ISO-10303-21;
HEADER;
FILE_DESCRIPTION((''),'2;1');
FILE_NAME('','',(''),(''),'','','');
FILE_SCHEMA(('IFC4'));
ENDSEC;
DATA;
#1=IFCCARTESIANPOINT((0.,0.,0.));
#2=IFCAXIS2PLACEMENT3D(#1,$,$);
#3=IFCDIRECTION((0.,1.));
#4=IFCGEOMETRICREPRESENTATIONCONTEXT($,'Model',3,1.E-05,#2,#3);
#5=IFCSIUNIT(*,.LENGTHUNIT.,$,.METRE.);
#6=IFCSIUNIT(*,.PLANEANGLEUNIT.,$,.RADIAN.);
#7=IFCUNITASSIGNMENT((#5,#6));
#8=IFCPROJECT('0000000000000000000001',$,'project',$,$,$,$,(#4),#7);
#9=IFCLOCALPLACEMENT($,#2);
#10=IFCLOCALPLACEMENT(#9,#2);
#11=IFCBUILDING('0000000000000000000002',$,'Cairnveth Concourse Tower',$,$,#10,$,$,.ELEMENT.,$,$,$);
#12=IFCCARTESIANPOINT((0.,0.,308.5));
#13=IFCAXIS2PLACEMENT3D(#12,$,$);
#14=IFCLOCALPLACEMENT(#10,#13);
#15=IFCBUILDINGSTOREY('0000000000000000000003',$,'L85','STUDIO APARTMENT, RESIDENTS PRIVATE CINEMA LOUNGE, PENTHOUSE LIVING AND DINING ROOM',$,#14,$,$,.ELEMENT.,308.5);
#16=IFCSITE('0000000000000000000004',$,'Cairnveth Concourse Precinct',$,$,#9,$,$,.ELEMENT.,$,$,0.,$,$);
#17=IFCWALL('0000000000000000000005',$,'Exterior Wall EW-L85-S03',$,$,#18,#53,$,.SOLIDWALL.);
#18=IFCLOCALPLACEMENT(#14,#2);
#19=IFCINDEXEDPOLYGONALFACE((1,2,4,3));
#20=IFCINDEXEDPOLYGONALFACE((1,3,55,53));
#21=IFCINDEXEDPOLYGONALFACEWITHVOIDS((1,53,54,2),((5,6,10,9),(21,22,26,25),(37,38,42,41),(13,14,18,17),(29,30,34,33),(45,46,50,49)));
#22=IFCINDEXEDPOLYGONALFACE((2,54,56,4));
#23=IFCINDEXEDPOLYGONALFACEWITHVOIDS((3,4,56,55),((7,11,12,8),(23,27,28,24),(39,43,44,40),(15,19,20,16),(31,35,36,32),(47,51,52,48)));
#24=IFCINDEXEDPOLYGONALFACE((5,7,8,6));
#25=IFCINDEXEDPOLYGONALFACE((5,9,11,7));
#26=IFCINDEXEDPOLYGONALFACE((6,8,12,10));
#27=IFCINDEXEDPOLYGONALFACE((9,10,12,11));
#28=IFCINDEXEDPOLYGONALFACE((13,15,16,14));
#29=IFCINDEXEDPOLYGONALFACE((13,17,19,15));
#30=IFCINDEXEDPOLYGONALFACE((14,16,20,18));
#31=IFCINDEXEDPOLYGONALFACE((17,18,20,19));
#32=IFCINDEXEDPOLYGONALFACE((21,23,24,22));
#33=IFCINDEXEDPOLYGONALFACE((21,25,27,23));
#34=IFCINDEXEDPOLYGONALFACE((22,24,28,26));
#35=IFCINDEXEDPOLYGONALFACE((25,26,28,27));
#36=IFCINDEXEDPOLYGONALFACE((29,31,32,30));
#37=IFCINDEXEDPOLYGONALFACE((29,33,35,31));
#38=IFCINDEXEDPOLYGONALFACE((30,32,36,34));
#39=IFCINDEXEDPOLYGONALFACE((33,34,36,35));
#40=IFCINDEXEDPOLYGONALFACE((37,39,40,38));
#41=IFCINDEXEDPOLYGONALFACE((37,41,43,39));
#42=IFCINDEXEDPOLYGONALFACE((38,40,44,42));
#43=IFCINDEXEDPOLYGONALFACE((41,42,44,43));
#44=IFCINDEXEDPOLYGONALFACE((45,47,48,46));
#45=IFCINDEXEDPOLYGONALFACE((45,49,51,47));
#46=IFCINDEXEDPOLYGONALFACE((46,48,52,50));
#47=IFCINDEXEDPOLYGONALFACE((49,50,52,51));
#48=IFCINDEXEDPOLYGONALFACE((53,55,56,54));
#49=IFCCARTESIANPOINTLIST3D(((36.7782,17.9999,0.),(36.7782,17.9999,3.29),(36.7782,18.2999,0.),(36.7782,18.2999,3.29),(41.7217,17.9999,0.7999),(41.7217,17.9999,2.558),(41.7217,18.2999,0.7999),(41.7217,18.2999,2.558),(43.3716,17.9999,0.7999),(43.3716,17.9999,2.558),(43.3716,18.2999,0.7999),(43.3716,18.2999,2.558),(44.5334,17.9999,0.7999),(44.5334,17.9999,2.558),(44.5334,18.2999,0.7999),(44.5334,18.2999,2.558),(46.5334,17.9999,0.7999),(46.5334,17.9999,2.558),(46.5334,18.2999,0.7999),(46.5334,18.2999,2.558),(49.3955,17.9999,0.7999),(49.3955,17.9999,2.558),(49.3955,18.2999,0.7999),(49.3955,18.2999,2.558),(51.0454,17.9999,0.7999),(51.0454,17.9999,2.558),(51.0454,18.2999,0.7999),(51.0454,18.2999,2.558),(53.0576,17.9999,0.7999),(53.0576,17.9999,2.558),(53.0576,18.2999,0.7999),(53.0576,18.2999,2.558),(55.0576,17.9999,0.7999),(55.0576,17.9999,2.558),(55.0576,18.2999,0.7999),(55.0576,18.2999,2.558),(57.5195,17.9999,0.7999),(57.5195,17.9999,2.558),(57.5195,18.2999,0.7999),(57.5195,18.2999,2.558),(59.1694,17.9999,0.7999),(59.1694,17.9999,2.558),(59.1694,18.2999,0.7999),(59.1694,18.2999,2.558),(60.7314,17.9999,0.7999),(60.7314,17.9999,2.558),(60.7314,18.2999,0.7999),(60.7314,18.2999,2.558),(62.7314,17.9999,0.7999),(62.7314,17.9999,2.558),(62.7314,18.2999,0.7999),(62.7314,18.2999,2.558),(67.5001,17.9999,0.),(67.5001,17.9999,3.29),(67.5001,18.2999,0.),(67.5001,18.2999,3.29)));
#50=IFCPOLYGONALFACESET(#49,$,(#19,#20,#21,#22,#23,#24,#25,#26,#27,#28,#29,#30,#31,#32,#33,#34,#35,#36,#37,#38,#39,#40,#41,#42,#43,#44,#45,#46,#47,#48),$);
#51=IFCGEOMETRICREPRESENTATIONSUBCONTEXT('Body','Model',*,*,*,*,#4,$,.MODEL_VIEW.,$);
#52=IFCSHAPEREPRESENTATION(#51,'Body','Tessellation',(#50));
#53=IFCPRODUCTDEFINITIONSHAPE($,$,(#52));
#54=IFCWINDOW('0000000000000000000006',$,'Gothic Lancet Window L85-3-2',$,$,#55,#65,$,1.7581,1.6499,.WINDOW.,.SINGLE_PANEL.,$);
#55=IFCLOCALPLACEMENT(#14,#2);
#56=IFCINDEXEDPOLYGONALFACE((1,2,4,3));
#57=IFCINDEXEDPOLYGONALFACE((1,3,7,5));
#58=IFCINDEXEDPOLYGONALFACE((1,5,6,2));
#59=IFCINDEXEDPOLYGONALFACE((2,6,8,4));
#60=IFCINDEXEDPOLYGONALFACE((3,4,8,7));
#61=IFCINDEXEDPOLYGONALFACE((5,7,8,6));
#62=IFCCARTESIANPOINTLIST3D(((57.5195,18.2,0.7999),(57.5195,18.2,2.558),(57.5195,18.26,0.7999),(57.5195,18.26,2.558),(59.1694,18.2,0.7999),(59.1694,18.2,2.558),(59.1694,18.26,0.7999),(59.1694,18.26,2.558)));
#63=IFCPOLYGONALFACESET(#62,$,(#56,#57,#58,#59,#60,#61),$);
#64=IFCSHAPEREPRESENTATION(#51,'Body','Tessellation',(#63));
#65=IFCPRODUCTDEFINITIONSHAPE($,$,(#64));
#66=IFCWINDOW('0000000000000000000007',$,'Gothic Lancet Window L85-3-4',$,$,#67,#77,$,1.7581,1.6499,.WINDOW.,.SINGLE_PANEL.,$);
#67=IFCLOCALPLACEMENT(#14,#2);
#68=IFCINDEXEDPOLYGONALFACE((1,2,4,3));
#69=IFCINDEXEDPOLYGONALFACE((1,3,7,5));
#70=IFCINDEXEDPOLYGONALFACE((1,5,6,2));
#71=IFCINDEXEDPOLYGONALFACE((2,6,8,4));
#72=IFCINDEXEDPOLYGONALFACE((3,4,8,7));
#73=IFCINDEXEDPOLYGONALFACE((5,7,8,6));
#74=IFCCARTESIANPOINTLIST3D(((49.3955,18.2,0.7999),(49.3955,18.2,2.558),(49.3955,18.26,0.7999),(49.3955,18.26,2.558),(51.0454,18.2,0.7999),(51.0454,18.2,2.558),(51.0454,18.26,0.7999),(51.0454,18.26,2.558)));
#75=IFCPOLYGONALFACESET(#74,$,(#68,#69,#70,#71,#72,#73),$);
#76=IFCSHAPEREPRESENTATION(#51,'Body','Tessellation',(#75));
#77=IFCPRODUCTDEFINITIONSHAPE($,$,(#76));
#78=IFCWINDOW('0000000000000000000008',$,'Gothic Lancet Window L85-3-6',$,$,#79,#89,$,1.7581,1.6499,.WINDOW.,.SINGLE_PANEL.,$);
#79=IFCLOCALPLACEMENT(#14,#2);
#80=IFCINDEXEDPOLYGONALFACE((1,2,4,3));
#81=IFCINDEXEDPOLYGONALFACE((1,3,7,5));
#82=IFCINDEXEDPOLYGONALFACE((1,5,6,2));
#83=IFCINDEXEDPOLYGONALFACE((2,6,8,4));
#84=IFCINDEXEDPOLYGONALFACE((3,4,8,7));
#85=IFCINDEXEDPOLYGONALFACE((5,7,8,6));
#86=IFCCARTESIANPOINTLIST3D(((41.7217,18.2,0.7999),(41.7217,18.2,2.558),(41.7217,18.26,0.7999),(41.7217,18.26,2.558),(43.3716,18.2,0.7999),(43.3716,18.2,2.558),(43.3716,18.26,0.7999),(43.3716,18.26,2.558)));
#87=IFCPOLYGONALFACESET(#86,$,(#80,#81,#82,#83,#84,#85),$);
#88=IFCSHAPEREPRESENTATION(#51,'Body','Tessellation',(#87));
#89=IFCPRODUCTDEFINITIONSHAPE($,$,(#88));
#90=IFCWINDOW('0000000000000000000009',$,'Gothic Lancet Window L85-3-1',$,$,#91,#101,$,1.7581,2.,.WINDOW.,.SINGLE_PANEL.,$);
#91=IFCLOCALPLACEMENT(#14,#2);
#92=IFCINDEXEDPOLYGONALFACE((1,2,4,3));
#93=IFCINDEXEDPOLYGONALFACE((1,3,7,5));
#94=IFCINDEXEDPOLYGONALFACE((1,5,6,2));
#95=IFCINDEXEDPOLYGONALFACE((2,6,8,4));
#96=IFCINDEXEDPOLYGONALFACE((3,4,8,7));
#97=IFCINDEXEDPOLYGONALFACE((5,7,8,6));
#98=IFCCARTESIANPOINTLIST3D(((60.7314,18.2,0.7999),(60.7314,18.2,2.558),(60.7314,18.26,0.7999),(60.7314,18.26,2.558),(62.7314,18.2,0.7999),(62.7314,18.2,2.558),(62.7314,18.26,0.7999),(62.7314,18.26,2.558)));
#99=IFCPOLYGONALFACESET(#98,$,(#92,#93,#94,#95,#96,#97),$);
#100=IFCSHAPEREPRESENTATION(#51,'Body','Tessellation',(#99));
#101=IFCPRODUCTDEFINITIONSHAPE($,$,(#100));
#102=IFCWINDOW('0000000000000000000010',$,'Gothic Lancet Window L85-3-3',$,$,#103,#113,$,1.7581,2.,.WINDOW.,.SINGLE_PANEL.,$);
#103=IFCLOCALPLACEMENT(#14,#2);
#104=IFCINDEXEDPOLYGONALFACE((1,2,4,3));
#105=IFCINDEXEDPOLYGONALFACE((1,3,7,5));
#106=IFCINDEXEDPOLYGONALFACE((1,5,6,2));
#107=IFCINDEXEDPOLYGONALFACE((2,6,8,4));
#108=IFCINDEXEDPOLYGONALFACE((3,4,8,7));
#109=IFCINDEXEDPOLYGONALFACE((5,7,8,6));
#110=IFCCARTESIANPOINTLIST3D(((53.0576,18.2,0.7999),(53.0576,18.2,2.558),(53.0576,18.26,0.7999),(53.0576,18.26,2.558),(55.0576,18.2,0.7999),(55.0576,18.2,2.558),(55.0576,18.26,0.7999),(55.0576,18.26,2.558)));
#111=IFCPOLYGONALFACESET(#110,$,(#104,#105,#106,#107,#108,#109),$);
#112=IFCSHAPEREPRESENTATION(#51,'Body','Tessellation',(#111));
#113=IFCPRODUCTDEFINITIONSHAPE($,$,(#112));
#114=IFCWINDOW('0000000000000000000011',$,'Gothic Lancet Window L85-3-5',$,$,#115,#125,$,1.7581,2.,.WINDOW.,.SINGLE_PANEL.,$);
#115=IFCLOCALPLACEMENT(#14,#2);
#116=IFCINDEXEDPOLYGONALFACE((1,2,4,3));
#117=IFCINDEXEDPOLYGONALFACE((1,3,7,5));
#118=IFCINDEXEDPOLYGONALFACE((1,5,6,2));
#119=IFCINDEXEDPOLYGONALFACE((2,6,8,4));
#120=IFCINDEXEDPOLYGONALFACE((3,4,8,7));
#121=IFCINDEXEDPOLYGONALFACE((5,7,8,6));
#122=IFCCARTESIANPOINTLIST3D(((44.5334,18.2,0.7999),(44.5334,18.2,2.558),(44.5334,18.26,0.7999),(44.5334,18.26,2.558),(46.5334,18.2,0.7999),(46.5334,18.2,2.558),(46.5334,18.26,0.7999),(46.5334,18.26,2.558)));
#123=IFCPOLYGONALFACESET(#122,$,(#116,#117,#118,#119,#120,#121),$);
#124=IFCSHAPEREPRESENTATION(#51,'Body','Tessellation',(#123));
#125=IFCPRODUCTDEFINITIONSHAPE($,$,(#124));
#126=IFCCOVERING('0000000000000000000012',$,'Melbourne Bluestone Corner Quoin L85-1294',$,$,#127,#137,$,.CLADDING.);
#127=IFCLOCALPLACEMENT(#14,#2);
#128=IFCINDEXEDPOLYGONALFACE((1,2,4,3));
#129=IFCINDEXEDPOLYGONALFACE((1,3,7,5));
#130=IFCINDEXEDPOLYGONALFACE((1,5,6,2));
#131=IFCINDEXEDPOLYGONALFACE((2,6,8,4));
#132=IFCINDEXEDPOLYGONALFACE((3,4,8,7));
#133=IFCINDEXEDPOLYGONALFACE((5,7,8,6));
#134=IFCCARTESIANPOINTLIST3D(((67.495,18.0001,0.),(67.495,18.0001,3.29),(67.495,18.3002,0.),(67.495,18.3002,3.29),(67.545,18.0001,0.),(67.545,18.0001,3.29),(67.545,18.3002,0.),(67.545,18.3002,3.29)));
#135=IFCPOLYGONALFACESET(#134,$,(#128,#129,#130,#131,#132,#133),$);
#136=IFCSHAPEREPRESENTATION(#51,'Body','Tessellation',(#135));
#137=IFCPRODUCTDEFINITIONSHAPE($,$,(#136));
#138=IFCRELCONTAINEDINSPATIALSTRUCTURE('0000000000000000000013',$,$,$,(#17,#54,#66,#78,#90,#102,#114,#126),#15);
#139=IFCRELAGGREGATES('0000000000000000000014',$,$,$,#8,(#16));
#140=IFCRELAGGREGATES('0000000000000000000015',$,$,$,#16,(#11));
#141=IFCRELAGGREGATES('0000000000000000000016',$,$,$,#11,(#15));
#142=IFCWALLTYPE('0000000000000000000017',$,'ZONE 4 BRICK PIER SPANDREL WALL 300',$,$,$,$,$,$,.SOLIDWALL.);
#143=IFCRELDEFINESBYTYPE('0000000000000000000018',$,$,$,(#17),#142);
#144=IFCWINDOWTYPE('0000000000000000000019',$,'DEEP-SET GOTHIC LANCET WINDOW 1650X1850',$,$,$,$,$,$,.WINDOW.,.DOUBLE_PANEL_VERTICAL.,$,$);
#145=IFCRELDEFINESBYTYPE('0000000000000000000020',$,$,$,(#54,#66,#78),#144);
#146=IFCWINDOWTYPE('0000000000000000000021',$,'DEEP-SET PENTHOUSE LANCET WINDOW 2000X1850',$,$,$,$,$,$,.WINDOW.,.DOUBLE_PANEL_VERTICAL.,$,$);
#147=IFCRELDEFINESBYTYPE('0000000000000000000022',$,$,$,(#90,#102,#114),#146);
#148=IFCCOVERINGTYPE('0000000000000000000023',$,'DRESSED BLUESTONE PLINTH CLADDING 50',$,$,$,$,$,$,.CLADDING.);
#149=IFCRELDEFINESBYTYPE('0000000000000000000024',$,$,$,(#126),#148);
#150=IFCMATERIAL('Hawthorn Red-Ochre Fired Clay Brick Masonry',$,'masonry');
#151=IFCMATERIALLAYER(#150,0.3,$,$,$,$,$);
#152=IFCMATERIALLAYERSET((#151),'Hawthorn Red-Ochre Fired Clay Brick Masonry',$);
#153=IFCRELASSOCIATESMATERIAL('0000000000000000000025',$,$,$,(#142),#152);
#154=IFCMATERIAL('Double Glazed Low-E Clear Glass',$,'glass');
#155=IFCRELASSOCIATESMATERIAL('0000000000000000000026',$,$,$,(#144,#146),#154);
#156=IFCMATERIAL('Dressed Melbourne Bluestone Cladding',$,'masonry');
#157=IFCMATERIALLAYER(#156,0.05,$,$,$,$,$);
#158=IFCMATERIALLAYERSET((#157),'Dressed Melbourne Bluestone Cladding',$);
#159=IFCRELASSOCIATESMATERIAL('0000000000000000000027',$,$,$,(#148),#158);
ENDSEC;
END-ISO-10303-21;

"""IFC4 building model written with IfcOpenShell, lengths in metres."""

from ifc_helpers import new_model, si_unit, direction, frame, frame_2d, origin, place, context, subcontext, project, spatial, rectangle, extrude, material, layer, layer_set, type_object, element, fill, save


model = new_model("IFC4")

# Units and contexts
model_context = context("Model", 3, precision=1e-05, world=origin(), true_north=direction((0.0, 1.0)))
body_context = subcontext(model_context, "Body", "Model", "MODEL_VIEW")
ifc_project = project(units=[si_unit("LENGTHUNIT", "METRE"), si_unit("PLANEANGLEUNIT", "RADIAN")], contexts=[model_context])

# Site, building, storey
site_placement = place(None, origin())
site = spatial("IfcSite", under=ifc_project, at=site_placement, Name="Cairnveth Concourse Precinct", CompositionType="ELEMENT", RefElevation=0.0)
building_placement = place(site_placement, origin())
building = spatial("IfcBuilding", under=site, at=building_placement, Name="Cairnveth Concourse Tower", CompositionType="ELEMENT")
storey_placement = place(building_placement, frame((0.0, 0.0, 308.5)))
storey = spatial("IfcBuildingStorey", under=building, at=storey_placement, Name="L85", Description="STUDIO APARTMENT, RESIDENTS PRIVATE CINEMA LOUNGE, PENTHOUSE LIVING AND DINING ROOM", CompositionType="ELEMENT", Elevation=308.5)

# Shared definitions
ifc_material_1 = material(Name="Hawthorn Red-Ochre Fired Clay Brick Masonry", Category="masonry")
ifc_layer_1 = layer(ifc_material_1, 0.3)
ifc_layer_set_1 = layer_set([ifc_layer_1], Name="Hawthorn Red-Ochre Fired Clay Brick Masonry")
wall_type_1 = type_object("IfcWallType", Name="ZONE 4 BRICK PIER SPANDREL WALL 300", PredefinedType="SOLIDWALL", material=ifc_layer_set_1)
ifc_material_2 = material(Name="Double Glazed Low-E Clear Glass", Category="glass")

# Wall, openings, windows
wall_1_placement = place(storey_placement, frame((67.5, 18.1499, 0.0), z_axis=(0.0, 0.0, 1.0), x_axis=(-1.0, 0.0, 0.0)))
wall_1 = element("IfcWall", 1, at=wall_1_placement, inside=storey, type_object=wall_type_1, Name="Exterior Wall EW-L85-S03", PredefinedType="SOLIDWALL", context=body_context, shape_type="SweptSolid", body=[
    extrude(rectangle(XDim=30.7219, YDim=0.3, at=frame_2d((15.3608, 0.0))), origin(), (0.0, 0.0, 1.0), 3.29),
])
opening_1_placement = place(wall_1_placement, frame((4.7686, 0.0, 0.8)))
opening_1 = element("IfcOpeningElement", 2, at=opening_1_placement, cuts=wall_1, PredefinedType="OPENING", context=body_context, shape_type="SweptSolid", body=[
    extrude(rectangle(XDim=2.0, YDim=1.7581, at=frame_2d((1.0, 0.8789))), frame((0.0, 0.1599, 0.0), z_axis=(0.0, -1.0, 0.0), x_axis=(1.0, 0.0, 0.0)), (0.0, 0.0, 1.0), 0.3201),
])
opening_2_placement = place(wall_1_placement, frame((8.3306, 0.0, 0.8)))
opening_2 = element("IfcOpeningElement", 3, at=opening_2_placement, cuts=wall_1, PredefinedType="OPENING", context=body_context, shape_type="SweptSolid", body=[
    extrude(rectangle(XDim=1.6499, YDim=1.7581, at=frame_2d((0.825, 0.8789))), frame((0.0, 0.1599, 0.0), z_axis=(0.0, -1.0, 0.0), x_axis=(1.0, 0.0, 0.0)), (0.0, 0.0, 1.0), 0.3201),
])
opening_3_placement = place(wall_1_placement, frame((12.4424, 0.0, 0.8)))
opening_3 = element("IfcOpeningElement", 4, at=opening_3_placement, cuts=wall_1, PredefinedType="OPENING", context=body_context, shape_type="SweptSolid", body=[
    extrude(rectangle(XDim=2.0, YDim=1.7581, at=frame_2d((1.0, 0.8789))), frame((0.0, 0.1599, 0.0), z_axis=(0.0, -1.0, 0.0), x_axis=(1.0, 0.0, 0.0)), (0.0, 0.0, 1.0), 0.3201),
])
opening_4_placement = place(wall_1_placement, frame((16.4546, 0.0, 0.8)))
opening_4 = element("IfcOpeningElement", 5, at=opening_4_placement, cuts=wall_1, PredefinedType="OPENING", context=body_context, shape_type="SweptSolid", body=[
    extrude(rectangle(XDim=1.6499, YDim=1.7581, at=frame_2d((0.825, 0.8789))), frame((0.0, 0.1599, 0.0), z_axis=(0.0, -1.0, 0.0), x_axis=(1.0, 0.0, 0.0)), (0.0, 0.0, 1.0), 0.3201),
])
opening_5_placement = place(wall_1_placement, frame((20.9666, 0.0, 0.8)))
opening_5 = element("IfcOpeningElement", 6, at=opening_5_placement, cuts=wall_1, PredefinedType="OPENING", context=body_context, shape_type="SweptSolid", body=[
    extrude(rectangle(XDim=2.0, YDim=1.7581, at=frame_2d((1.0, 0.8789))), frame((0.0, 0.1599, 0.0), z_axis=(0.0, -1.0, 0.0), x_axis=(1.0, 0.0, 0.0)), (0.0, 0.0, 1.0), 0.3201),
])
opening_6_placement = place(wall_1_placement, frame((24.1284, 0.0, 0.8)))
opening_6 = element("IfcOpeningElement", 7, at=opening_6_placement, cuts=wall_1, PredefinedType="OPENING", context=body_context, shape_type="SweptSolid", body=[
    extrude(rectangle(XDim=1.6499, YDim=1.7581, at=frame_2d((0.825, 0.8789))), frame((0.0, 0.1599, 0.0), z_axis=(0.0, -1.0, 0.0), x_axis=(1.0, 0.0, 0.0)), (0.0, 0.0, 1.0), 0.3201),
])
window_type_1 = type_object("IfcWindowType", Name="DEEP-SET GOTHIC LANCET WINDOW 1650X1850", PartitioningType="DOUBLE_PANEL_VERTICAL", PredefinedType="WINDOW", material=ifc_material_2)
window_1_placement = place(opening_2_placement, origin())
window_1 = element("IfcWindow", 8, at=window_1_placement, inside=storey, type_object=window_type_1, Name="Gothic Lancet Window L85-3-2", OverallHeight=1.7581, OverallWidth=1.6499, PartitioningType="SINGLE_PANEL", PredefinedType="WINDOW", context=body_context, shape_type="SweptSolid", body=[
    extrude(rectangle(XDim=1.6499, YDim=1.7581, at=frame_2d((0.825, 0.8789))), frame((0.0, -0.05, 0.0), z_axis=(0.0, -1.0, 0.0), x_axis=(1.0, 0.0, 0.0)), (0.0, 0.0, 1.0), 0.0601),
])
fill(opening_2, window_1)
window_2_placement = place(opening_4_placement, origin())
window_2 = element("IfcWindow", 9, at=window_2_placement, inside=storey, type_object=window_type_1, Name="Gothic Lancet Window L85-3-4", OverallHeight=1.7581, OverallWidth=1.6499, PartitioningType="SINGLE_PANEL", PredefinedType="WINDOW", context=body_context, shape_type="SweptSolid", body=[
    extrude(rectangle(XDim=1.6499, YDim=1.7581, at=frame_2d((0.825, 0.8789))), frame((0.0, -0.05, 0.0), z_axis=(0.0, -1.0, 0.0), x_axis=(1.0, 0.0, 0.0)), (0.0, 0.0, 1.0), 0.0601),
])
fill(opening_4, window_2)
window_3_placement = place(opening_6_placement, origin())
window_3 = element("IfcWindow", 10, at=window_3_placement, inside=storey, type_object=window_type_1, Name="Gothic Lancet Window L85-3-6", OverallHeight=1.7581, OverallWidth=1.6499, PartitioningType="SINGLE_PANEL", PredefinedType="WINDOW", context=body_context, shape_type="SweptSolid", body=[
    extrude(rectangle(XDim=1.6499, YDim=1.7581, at=frame_2d((0.825, 0.8789))), frame((0.0, -0.05, 0.0), z_axis=(0.0, -1.0, 0.0), x_axis=(1.0, 0.0, 0.0)), (0.0, 0.0, 1.0), 0.0601),
])
fill(opening_6, window_3)
window_type_2 = type_object("IfcWindowType", Name="DEEP-SET PENTHOUSE LANCET WINDOW 2000X1850", PartitioningType="DOUBLE_PANEL_VERTICAL", PredefinedType="WINDOW", material=ifc_material_2)
window_4_placement = place(opening_1_placement, origin())
window_4 = element("IfcWindow", 11, at=window_4_placement, inside=storey, type_object=window_type_2, Name="Gothic Lancet Window L85-3-1", OverallHeight=1.7581, OverallWidth=2.0, PartitioningType="SINGLE_PANEL", PredefinedType="WINDOW", context=body_context, shape_type="SweptSolid", body=[
    extrude(rectangle(XDim=2.0, YDim=1.7581, at=frame_2d((1.0, 0.8789))), frame((0.0, -0.05, 0.0), z_axis=(0.0, -1.0, 0.0), x_axis=(1.0, 0.0, 0.0)), (0.0, 0.0, 1.0), 0.0601),
])
fill(opening_1, window_4)
window_5_placement = place(opening_3_placement, origin())
window_5 = element("IfcWindow", 12, at=window_5_placement, inside=storey, type_object=window_type_2, Name="Gothic Lancet Window L85-3-3", OverallHeight=1.7581, OverallWidth=2.0, PartitioningType="SINGLE_PANEL", PredefinedType="WINDOW", context=body_context, shape_type="SweptSolid", body=[
    extrude(rectangle(XDim=2.0, YDim=1.7581, at=frame_2d((1.0, 0.8789))), frame((0.0, -0.05, 0.0), z_axis=(0.0, -1.0, 0.0), x_axis=(1.0, 0.0, 0.0)), (0.0, 0.0, 1.0), 0.0601),
])
fill(opening_3, window_5)
window_6_placement = place(opening_5_placement, origin())
window_6 = element("IfcWindow", 13, at=window_6_placement, inside=storey, type_object=window_type_2, Name="Gothic Lancet Window L85-3-5", OverallHeight=1.7581, OverallWidth=2.0, PartitioningType="SINGLE_PANEL", PredefinedType="WINDOW", context=body_context, shape_type="SweptSolid", body=[
    extrude(rectangle(XDim=2.0, YDim=1.7581, at=frame_2d((1.0, 0.8789))), frame((0.0, -0.05, 0.0), z_axis=(0.0, -1.0, 0.0), x_axis=(1.0, 0.0, 0.0)), (0.0, 0.0, 1.0), 0.0601),
])
fill(opening_5, window_6)

# Covering
ifc_material_3 = material(Name="Dressed Melbourne Bluestone Cladding", Category="masonry")
ifc_layer_2 = layer(ifc_material_3, 0.05)
ifc_layer_set_2 = layer_set([ifc_layer_2], Name="Dressed Melbourne Bluestone Cladding")
covering_type = type_object("IfcCoveringType", Name="DRESSED BLUESTONE PLINTH CLADDING 50", PredefinedType="CLADDING", material=ifc_layer_set_2)
covering_placement = place(storey_placement, frame((67.52, 18.3, 0.0), z_axis=(0.0, 0.0, 1.0), x_axis=(0.0, -1.0, 0.0)))
element("IfcCovering", 14, at=covering_placement, inside=storey, type_object=covering_type, Name="Melbourne Bluestone Corner Quoin L85-1294", PredefinedType="CLADDING", context=body_context, shape_type="SweptSolid", body=[
    extrude(rectangle(XDim=0.3, YDim=0.05, at=frame_2d((0.1499, 0.0))), origin(), (0.0, 0.0, 1.0), 3.29),
])

save(model, "model.ifc")
